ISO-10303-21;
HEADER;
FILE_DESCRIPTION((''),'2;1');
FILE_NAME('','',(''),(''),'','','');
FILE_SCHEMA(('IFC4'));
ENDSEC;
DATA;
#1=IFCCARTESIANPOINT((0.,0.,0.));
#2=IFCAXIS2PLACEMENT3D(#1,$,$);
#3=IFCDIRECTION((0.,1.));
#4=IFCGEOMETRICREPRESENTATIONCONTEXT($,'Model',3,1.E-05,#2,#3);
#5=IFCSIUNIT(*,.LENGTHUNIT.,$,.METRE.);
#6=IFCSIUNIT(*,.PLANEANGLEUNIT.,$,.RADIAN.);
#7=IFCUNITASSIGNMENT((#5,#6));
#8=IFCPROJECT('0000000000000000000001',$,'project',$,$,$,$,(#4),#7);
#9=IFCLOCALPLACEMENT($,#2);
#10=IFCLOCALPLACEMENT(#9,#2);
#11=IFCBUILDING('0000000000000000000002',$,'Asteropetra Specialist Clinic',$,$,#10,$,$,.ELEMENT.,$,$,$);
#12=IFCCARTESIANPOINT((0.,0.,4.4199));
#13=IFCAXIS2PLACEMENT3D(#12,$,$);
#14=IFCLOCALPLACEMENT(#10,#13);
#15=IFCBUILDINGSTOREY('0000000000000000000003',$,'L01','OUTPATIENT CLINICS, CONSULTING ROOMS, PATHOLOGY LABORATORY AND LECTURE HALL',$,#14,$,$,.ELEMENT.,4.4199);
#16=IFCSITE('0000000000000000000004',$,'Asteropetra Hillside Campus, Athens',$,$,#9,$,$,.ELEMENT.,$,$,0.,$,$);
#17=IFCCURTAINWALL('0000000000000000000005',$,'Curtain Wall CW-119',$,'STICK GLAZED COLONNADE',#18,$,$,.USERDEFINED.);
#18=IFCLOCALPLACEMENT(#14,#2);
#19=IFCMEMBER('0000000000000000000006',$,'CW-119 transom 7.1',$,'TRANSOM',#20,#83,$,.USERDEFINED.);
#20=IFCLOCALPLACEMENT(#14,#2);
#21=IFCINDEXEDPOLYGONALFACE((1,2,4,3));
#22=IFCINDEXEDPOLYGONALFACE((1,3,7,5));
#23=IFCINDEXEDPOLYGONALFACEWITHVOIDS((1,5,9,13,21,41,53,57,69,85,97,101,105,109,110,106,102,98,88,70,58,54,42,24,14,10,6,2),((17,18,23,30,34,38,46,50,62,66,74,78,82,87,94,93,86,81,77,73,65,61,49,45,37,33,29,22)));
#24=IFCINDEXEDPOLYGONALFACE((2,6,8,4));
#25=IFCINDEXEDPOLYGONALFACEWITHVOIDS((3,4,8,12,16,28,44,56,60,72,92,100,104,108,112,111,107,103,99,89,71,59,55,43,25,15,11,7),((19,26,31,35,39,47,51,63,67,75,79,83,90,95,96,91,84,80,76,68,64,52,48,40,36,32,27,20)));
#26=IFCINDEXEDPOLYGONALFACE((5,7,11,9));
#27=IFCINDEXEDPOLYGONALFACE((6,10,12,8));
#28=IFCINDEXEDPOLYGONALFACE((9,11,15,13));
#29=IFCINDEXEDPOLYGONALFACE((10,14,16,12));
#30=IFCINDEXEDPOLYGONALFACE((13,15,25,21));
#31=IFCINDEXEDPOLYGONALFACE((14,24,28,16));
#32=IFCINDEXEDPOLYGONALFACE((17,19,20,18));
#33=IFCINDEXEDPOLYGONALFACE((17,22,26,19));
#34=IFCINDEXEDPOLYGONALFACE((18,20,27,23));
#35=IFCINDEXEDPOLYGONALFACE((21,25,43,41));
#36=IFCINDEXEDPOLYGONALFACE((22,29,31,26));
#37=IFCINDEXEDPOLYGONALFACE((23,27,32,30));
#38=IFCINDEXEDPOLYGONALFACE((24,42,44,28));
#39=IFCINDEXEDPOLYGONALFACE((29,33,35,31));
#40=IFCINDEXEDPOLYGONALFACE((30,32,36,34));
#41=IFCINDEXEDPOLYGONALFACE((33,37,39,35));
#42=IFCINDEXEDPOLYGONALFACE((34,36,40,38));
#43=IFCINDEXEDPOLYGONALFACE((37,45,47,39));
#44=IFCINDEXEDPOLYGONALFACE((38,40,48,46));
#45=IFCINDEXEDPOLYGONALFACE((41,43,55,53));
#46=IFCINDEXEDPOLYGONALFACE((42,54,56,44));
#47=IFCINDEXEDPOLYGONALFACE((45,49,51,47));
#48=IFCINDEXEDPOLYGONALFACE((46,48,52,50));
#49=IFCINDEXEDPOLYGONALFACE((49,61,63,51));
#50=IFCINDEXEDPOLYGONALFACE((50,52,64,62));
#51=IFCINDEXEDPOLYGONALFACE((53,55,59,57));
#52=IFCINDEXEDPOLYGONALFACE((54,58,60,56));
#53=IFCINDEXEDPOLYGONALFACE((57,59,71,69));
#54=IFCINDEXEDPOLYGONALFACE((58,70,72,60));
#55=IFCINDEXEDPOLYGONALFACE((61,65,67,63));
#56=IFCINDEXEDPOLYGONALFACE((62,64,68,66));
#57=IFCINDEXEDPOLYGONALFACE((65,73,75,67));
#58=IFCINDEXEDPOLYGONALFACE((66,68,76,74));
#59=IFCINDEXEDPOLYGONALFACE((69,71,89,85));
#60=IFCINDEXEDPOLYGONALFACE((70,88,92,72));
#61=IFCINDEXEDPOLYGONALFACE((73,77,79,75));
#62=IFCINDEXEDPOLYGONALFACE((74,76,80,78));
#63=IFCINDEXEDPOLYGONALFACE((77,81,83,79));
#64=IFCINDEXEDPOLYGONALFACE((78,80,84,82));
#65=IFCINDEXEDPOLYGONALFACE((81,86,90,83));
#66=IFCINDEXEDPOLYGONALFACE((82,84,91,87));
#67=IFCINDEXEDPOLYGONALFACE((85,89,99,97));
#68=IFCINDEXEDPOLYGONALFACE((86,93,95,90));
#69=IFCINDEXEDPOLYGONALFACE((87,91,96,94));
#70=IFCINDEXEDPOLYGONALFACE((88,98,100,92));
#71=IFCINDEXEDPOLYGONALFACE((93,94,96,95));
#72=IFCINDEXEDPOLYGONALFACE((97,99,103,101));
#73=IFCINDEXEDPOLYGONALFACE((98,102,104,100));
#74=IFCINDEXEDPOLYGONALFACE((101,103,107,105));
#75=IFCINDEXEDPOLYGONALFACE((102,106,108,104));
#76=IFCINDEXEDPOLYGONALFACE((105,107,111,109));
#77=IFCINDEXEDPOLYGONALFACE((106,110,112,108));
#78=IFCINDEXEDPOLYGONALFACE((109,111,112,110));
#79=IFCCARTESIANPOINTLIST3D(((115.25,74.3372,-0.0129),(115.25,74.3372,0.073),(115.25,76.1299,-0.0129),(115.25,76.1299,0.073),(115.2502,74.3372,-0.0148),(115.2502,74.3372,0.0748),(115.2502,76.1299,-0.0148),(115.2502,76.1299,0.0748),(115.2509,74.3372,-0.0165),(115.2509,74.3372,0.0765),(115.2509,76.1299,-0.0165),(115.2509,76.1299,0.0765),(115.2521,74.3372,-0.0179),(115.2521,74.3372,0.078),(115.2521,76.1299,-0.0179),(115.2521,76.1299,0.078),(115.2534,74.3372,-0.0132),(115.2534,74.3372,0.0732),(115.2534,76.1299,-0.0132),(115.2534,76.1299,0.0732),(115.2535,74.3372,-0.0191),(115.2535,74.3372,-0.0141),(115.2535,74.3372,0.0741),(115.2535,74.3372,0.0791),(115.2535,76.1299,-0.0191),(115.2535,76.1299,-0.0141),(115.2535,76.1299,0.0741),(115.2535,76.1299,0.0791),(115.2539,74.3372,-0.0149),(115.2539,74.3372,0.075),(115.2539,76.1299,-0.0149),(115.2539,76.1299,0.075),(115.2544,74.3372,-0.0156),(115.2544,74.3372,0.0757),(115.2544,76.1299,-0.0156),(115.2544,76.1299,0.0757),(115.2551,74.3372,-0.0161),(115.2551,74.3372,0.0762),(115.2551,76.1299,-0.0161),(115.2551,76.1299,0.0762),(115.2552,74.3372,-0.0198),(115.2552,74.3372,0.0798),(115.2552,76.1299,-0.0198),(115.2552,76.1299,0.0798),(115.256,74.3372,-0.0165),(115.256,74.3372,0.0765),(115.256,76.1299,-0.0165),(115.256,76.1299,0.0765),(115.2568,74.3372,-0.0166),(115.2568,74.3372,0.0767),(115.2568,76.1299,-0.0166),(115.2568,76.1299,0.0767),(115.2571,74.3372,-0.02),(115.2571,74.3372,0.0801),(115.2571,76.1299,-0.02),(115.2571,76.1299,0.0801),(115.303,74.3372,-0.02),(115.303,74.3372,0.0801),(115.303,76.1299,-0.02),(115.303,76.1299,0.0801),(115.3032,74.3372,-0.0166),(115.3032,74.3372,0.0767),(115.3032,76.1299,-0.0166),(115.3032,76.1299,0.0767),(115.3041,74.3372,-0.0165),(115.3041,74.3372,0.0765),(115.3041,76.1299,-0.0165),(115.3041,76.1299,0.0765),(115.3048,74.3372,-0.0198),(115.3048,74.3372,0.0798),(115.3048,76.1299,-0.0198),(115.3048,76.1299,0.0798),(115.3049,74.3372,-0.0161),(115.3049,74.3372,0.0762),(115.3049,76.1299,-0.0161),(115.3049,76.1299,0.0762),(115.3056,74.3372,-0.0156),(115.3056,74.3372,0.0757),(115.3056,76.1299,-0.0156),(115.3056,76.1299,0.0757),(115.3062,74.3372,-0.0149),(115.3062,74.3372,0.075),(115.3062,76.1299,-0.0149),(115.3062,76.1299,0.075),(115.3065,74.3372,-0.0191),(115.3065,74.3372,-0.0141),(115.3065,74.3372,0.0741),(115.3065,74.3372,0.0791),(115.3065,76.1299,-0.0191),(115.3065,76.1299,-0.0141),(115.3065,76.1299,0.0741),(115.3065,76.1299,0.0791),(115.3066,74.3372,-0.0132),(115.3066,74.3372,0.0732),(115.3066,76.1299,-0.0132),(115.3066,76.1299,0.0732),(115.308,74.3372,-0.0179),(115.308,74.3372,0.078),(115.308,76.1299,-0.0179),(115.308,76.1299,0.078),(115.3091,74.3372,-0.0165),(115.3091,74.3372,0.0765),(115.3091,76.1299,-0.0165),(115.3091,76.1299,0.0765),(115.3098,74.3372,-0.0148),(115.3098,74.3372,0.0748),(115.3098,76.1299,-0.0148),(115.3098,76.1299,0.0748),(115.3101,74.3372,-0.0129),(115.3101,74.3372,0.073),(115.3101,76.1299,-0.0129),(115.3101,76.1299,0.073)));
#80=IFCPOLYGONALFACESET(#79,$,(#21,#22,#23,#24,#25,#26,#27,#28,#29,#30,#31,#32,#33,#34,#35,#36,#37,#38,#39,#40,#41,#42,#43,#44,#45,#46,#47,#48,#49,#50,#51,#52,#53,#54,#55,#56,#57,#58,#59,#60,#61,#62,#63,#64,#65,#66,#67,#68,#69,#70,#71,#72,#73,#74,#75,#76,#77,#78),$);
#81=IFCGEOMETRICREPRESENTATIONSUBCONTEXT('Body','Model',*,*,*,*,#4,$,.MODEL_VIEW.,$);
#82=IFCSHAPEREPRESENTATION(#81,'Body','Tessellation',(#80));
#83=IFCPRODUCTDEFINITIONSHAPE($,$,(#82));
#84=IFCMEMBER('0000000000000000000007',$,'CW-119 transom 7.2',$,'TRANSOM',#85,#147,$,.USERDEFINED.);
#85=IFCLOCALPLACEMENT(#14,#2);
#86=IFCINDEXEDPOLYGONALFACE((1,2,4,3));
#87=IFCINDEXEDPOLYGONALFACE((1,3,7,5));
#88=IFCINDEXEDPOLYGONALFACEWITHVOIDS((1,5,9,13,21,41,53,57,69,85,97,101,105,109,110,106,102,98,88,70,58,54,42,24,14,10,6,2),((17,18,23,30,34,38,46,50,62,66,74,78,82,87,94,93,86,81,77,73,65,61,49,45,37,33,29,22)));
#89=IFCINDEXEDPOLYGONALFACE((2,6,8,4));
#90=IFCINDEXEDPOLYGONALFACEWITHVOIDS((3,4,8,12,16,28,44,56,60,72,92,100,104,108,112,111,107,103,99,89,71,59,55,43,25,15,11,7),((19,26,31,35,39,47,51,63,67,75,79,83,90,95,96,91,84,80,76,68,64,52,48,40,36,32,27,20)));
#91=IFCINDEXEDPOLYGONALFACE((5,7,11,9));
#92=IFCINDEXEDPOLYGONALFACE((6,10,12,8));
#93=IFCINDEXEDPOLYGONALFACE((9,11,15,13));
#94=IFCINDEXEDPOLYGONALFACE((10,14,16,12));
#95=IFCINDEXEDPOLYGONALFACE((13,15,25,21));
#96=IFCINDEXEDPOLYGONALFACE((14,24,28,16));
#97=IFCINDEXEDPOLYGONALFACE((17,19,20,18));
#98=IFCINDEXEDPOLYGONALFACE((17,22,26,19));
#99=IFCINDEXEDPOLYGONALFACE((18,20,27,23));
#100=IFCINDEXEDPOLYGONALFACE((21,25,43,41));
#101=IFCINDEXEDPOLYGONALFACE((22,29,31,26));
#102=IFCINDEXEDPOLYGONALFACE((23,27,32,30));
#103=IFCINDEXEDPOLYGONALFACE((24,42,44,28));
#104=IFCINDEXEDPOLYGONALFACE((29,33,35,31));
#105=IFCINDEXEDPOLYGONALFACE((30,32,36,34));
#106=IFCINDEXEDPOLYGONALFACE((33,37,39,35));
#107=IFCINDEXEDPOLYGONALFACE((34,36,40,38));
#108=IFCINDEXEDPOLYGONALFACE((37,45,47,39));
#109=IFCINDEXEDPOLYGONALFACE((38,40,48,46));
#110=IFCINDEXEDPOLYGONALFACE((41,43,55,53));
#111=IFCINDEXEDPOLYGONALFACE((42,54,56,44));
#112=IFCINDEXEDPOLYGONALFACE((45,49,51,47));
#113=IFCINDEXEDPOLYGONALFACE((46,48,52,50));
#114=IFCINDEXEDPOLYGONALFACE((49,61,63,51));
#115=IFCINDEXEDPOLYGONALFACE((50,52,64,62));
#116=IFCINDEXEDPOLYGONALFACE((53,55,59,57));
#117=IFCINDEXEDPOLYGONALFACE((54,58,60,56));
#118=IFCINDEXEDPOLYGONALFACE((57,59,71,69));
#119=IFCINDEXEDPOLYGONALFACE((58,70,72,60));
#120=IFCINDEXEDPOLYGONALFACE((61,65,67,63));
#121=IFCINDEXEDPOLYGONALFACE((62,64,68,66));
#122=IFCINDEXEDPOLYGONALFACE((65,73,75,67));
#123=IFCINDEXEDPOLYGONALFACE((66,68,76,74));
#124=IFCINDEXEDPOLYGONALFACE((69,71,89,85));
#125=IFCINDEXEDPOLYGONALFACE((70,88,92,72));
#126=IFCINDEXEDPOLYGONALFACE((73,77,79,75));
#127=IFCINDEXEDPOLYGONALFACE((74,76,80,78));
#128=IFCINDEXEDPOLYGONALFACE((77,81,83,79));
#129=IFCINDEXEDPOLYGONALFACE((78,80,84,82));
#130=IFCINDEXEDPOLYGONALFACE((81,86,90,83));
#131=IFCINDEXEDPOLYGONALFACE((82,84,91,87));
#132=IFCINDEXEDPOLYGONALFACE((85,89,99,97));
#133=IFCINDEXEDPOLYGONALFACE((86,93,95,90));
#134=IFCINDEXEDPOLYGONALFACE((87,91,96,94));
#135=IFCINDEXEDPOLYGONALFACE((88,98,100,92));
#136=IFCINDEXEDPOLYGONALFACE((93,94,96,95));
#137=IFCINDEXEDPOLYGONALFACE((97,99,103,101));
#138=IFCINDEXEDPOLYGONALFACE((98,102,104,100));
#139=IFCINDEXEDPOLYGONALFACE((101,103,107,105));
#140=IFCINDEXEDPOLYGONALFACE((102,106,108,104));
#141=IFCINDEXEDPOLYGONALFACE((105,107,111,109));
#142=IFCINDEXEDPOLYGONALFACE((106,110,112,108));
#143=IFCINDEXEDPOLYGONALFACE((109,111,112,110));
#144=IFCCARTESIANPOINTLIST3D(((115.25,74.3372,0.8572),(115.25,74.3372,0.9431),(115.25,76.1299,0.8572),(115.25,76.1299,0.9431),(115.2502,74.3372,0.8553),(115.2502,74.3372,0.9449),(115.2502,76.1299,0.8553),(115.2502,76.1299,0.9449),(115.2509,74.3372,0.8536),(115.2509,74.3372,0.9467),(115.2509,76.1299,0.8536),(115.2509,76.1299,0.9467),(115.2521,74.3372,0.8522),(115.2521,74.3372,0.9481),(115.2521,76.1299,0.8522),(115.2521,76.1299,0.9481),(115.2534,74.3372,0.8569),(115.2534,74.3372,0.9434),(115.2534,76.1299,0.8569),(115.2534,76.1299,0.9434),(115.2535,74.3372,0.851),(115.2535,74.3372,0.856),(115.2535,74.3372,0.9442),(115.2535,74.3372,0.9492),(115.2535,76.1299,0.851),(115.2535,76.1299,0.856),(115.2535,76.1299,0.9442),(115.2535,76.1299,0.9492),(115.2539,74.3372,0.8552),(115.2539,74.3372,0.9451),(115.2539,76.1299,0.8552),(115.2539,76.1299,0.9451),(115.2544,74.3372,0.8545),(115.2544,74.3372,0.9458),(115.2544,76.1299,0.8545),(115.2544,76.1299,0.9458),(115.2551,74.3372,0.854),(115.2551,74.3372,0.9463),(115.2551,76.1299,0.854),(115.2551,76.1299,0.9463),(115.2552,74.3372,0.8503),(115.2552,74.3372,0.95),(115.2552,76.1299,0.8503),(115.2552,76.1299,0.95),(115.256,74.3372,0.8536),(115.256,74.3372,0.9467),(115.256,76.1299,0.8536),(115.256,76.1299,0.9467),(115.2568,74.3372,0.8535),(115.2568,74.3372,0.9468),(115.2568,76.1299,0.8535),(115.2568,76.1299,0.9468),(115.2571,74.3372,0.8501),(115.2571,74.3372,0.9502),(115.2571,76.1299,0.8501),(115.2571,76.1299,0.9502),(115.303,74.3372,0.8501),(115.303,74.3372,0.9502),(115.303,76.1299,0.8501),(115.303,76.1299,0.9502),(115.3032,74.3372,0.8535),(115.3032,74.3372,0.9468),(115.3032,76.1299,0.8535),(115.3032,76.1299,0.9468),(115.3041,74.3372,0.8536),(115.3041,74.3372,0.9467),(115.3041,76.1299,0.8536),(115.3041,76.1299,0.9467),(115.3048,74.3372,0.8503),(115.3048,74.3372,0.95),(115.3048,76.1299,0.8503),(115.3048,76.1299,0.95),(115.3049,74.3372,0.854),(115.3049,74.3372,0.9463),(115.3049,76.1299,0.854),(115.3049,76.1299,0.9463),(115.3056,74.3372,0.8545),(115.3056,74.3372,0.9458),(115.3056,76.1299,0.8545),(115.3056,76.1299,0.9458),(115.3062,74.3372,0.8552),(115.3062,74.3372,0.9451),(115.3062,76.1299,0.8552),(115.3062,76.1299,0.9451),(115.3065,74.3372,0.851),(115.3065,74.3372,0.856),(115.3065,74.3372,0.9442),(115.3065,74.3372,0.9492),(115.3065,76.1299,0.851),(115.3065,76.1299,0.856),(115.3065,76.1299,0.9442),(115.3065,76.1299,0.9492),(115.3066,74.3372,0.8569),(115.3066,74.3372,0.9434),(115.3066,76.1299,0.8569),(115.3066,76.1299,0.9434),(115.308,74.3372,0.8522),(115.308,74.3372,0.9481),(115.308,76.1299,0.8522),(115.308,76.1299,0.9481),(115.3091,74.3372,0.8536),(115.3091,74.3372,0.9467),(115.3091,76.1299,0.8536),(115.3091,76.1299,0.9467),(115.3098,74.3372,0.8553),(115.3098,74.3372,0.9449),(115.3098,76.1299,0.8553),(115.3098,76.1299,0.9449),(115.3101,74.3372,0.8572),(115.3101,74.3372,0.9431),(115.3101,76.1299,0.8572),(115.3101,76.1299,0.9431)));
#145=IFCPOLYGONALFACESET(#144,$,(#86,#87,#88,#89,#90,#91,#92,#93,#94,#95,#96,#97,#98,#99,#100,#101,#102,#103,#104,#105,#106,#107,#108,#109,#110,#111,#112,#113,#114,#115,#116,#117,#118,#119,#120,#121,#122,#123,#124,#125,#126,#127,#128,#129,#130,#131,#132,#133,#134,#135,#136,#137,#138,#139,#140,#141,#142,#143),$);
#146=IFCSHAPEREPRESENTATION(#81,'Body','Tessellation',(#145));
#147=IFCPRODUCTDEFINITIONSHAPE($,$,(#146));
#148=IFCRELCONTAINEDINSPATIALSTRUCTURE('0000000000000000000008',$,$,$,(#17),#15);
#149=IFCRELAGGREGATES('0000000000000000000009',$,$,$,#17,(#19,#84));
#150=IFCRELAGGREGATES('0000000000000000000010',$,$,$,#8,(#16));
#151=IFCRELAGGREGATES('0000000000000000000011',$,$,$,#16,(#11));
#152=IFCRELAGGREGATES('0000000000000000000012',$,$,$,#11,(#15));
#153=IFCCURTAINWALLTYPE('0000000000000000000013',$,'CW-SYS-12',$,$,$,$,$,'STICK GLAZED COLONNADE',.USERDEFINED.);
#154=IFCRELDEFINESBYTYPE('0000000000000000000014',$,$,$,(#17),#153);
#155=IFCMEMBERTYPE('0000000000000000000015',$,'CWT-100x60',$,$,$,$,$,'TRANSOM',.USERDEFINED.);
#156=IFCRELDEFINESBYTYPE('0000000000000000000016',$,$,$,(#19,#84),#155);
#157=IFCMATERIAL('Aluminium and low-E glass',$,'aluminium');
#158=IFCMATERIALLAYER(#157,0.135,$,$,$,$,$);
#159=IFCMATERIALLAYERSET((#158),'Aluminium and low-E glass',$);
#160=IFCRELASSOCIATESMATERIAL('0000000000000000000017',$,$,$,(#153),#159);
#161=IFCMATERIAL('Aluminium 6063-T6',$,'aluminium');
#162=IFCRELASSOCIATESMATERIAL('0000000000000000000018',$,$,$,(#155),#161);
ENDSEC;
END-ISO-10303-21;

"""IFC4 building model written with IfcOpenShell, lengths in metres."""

from ifc_helpers import new_model, si_unit, direction, frame, origin, origin_2d, place, context, subcontext, project, spatial, hollow_rectangle, extrude, material, layer, layer_set, material_profile, profile_set, type_object, element, aggregate, save


model = new_model("IFC4")

# Units and contexts
model_context = context("Model", 3, precision=1e-05, world=origin(), true_north=direction((0.0, 1.0)))
body_context = subcontext(model_context, "Body", "Model", "MODEL_VIEW")
ifc_project = project(units=[si_unit("LENGTHUNIT", "METRE"), si_unit("PLANEANGLEUNIT", "RADIAN")], contexts=[model_context])

# Site, building, storey
site_placement = place(None, origin())
site = spatial("IfcSite", under=ifc_project, at=site_placement, Name="Asteropetra Hillside Campus, Athens", CompositionType="ELEMENT", RefElevation=0.0)
building_placement = place(site_placement, origin())
building = spatial("IfcBuilding", under=site, at=building_placement, Name="Asteropetra Specialist Clinic", CompositionType="ELEMENT")
storey_placement = place(building_placement, frame((0.0, 0.0, 4.4199)))
storey = spatial("IfcBuildingStorey", under=building, at=storey_placement, Name="L01", Description="OUTPATIENT CLINICS, CONSULTING ROOMS, PATHOLOGY LABORATORY AND LECTURE HALL", CompositionType="ELEMENT", Elevation=4.4199)

# Curtain wall, members
ifc_material_1 = material(Name="Aluminium and low-E glass", Category="aluminium")
ifc_layer_1 = layer(ifc_material_1, 0.135)
ifc_layer_set_1 = layer_set([ifc_layer_1], Name="Aluminium and low-E glass")
curtain_wall_type = type_object("IfcCurtainWallType", Name="CW-SYS-12", ElementType="STICK GLAZED COLONNADE", PredefinedType="USERDEFINED", material=ifc_layer_set_1)
curtain_wall_placement = place(storey_placement, origin())
curtain_wall = element("IfcCurtainWall", 1, at=curtain_wall_placement, inside=storey, type_object=curtain_wall_type, Name="Curtain Wall CW-119", ObjectType="STICK GLAZED COLONNADE", PredefinedType="USERDEFINED")
ifc_material_2 = material(Name="Aluminium 6063-T6", Category="aluminium")
ifc_material_profile_1 = material_profile(ifc_material_2, hollow_rectangle(XDim=0.0601, YDim=0.1001, WallThickness=0.0034, InnerFilletRadius=0.0034, OuterFilletRadius=0.0071, at=origin_2d()), Name="TRN 100x60x3.5")
ifc_profile_set_1 = profile_set([ifc_material_profile_1], Name="Aluminium 6063-T6")
member_type_1 = type_object("IfcMemberType", Name="CWT-100x60", ElementType="TRANSOM", PredefinedType="USERDEFINED", material=ifc_profile_set_1)
member_1_placement = place(storey_placement, frame((115.28, 74.3372, 0.03), z_axis=(0.0, 1.0, 0.0), x_axis=(-1.0, 0.0, 0.0)))
member_1 = element("IfcMember", 2, at=member_1_placement, type_object=member_type_1, Name="CW-119 transom 7.1", ObjectType="TRANSOM", PredefinedType="USERDEFINED", context=body_context, shape_type="SweptSolid", body=[
    extrude(hollow_rectangle(XDim=0.0601, YDim=0.1001, WallThickness=0.0034, InnerFilletRadius=0.0034, OuterFilletRadius=0.0071, at=origin_2d()), origin(), (0.0, 0.0, 1.0), 1.7927),
])
member_2_placement = place(storey_placement, frame((115.28, 74.3372, 0.9001), z_axis=(0.0, 1.0, 0.0), x_axis=(-1.0, 0.0, 0.0)))
member_2 = element("IfcMember", 3, at=member_2_placement, type_object=member_type_1, Name="CW-119 transom 7.2", ObjectType="TRANSOM", PredefinedType="USERDEFINED", context=body_context, shape_type="SweptSolid", body=[
    extrude(hollow_rectangle(XDim=0.0601, YDim=0.1001, WallThickness=0.0034, InnerFilletRadius=0.0034, OuterFilletRadius=0.0071, at=origin_2d()), origin(), (0.0, 0.0, 1.0), 1.7927),
])

aggregate(curtain_wall, [member_1, member_2])

save(model, "model.ifc")
